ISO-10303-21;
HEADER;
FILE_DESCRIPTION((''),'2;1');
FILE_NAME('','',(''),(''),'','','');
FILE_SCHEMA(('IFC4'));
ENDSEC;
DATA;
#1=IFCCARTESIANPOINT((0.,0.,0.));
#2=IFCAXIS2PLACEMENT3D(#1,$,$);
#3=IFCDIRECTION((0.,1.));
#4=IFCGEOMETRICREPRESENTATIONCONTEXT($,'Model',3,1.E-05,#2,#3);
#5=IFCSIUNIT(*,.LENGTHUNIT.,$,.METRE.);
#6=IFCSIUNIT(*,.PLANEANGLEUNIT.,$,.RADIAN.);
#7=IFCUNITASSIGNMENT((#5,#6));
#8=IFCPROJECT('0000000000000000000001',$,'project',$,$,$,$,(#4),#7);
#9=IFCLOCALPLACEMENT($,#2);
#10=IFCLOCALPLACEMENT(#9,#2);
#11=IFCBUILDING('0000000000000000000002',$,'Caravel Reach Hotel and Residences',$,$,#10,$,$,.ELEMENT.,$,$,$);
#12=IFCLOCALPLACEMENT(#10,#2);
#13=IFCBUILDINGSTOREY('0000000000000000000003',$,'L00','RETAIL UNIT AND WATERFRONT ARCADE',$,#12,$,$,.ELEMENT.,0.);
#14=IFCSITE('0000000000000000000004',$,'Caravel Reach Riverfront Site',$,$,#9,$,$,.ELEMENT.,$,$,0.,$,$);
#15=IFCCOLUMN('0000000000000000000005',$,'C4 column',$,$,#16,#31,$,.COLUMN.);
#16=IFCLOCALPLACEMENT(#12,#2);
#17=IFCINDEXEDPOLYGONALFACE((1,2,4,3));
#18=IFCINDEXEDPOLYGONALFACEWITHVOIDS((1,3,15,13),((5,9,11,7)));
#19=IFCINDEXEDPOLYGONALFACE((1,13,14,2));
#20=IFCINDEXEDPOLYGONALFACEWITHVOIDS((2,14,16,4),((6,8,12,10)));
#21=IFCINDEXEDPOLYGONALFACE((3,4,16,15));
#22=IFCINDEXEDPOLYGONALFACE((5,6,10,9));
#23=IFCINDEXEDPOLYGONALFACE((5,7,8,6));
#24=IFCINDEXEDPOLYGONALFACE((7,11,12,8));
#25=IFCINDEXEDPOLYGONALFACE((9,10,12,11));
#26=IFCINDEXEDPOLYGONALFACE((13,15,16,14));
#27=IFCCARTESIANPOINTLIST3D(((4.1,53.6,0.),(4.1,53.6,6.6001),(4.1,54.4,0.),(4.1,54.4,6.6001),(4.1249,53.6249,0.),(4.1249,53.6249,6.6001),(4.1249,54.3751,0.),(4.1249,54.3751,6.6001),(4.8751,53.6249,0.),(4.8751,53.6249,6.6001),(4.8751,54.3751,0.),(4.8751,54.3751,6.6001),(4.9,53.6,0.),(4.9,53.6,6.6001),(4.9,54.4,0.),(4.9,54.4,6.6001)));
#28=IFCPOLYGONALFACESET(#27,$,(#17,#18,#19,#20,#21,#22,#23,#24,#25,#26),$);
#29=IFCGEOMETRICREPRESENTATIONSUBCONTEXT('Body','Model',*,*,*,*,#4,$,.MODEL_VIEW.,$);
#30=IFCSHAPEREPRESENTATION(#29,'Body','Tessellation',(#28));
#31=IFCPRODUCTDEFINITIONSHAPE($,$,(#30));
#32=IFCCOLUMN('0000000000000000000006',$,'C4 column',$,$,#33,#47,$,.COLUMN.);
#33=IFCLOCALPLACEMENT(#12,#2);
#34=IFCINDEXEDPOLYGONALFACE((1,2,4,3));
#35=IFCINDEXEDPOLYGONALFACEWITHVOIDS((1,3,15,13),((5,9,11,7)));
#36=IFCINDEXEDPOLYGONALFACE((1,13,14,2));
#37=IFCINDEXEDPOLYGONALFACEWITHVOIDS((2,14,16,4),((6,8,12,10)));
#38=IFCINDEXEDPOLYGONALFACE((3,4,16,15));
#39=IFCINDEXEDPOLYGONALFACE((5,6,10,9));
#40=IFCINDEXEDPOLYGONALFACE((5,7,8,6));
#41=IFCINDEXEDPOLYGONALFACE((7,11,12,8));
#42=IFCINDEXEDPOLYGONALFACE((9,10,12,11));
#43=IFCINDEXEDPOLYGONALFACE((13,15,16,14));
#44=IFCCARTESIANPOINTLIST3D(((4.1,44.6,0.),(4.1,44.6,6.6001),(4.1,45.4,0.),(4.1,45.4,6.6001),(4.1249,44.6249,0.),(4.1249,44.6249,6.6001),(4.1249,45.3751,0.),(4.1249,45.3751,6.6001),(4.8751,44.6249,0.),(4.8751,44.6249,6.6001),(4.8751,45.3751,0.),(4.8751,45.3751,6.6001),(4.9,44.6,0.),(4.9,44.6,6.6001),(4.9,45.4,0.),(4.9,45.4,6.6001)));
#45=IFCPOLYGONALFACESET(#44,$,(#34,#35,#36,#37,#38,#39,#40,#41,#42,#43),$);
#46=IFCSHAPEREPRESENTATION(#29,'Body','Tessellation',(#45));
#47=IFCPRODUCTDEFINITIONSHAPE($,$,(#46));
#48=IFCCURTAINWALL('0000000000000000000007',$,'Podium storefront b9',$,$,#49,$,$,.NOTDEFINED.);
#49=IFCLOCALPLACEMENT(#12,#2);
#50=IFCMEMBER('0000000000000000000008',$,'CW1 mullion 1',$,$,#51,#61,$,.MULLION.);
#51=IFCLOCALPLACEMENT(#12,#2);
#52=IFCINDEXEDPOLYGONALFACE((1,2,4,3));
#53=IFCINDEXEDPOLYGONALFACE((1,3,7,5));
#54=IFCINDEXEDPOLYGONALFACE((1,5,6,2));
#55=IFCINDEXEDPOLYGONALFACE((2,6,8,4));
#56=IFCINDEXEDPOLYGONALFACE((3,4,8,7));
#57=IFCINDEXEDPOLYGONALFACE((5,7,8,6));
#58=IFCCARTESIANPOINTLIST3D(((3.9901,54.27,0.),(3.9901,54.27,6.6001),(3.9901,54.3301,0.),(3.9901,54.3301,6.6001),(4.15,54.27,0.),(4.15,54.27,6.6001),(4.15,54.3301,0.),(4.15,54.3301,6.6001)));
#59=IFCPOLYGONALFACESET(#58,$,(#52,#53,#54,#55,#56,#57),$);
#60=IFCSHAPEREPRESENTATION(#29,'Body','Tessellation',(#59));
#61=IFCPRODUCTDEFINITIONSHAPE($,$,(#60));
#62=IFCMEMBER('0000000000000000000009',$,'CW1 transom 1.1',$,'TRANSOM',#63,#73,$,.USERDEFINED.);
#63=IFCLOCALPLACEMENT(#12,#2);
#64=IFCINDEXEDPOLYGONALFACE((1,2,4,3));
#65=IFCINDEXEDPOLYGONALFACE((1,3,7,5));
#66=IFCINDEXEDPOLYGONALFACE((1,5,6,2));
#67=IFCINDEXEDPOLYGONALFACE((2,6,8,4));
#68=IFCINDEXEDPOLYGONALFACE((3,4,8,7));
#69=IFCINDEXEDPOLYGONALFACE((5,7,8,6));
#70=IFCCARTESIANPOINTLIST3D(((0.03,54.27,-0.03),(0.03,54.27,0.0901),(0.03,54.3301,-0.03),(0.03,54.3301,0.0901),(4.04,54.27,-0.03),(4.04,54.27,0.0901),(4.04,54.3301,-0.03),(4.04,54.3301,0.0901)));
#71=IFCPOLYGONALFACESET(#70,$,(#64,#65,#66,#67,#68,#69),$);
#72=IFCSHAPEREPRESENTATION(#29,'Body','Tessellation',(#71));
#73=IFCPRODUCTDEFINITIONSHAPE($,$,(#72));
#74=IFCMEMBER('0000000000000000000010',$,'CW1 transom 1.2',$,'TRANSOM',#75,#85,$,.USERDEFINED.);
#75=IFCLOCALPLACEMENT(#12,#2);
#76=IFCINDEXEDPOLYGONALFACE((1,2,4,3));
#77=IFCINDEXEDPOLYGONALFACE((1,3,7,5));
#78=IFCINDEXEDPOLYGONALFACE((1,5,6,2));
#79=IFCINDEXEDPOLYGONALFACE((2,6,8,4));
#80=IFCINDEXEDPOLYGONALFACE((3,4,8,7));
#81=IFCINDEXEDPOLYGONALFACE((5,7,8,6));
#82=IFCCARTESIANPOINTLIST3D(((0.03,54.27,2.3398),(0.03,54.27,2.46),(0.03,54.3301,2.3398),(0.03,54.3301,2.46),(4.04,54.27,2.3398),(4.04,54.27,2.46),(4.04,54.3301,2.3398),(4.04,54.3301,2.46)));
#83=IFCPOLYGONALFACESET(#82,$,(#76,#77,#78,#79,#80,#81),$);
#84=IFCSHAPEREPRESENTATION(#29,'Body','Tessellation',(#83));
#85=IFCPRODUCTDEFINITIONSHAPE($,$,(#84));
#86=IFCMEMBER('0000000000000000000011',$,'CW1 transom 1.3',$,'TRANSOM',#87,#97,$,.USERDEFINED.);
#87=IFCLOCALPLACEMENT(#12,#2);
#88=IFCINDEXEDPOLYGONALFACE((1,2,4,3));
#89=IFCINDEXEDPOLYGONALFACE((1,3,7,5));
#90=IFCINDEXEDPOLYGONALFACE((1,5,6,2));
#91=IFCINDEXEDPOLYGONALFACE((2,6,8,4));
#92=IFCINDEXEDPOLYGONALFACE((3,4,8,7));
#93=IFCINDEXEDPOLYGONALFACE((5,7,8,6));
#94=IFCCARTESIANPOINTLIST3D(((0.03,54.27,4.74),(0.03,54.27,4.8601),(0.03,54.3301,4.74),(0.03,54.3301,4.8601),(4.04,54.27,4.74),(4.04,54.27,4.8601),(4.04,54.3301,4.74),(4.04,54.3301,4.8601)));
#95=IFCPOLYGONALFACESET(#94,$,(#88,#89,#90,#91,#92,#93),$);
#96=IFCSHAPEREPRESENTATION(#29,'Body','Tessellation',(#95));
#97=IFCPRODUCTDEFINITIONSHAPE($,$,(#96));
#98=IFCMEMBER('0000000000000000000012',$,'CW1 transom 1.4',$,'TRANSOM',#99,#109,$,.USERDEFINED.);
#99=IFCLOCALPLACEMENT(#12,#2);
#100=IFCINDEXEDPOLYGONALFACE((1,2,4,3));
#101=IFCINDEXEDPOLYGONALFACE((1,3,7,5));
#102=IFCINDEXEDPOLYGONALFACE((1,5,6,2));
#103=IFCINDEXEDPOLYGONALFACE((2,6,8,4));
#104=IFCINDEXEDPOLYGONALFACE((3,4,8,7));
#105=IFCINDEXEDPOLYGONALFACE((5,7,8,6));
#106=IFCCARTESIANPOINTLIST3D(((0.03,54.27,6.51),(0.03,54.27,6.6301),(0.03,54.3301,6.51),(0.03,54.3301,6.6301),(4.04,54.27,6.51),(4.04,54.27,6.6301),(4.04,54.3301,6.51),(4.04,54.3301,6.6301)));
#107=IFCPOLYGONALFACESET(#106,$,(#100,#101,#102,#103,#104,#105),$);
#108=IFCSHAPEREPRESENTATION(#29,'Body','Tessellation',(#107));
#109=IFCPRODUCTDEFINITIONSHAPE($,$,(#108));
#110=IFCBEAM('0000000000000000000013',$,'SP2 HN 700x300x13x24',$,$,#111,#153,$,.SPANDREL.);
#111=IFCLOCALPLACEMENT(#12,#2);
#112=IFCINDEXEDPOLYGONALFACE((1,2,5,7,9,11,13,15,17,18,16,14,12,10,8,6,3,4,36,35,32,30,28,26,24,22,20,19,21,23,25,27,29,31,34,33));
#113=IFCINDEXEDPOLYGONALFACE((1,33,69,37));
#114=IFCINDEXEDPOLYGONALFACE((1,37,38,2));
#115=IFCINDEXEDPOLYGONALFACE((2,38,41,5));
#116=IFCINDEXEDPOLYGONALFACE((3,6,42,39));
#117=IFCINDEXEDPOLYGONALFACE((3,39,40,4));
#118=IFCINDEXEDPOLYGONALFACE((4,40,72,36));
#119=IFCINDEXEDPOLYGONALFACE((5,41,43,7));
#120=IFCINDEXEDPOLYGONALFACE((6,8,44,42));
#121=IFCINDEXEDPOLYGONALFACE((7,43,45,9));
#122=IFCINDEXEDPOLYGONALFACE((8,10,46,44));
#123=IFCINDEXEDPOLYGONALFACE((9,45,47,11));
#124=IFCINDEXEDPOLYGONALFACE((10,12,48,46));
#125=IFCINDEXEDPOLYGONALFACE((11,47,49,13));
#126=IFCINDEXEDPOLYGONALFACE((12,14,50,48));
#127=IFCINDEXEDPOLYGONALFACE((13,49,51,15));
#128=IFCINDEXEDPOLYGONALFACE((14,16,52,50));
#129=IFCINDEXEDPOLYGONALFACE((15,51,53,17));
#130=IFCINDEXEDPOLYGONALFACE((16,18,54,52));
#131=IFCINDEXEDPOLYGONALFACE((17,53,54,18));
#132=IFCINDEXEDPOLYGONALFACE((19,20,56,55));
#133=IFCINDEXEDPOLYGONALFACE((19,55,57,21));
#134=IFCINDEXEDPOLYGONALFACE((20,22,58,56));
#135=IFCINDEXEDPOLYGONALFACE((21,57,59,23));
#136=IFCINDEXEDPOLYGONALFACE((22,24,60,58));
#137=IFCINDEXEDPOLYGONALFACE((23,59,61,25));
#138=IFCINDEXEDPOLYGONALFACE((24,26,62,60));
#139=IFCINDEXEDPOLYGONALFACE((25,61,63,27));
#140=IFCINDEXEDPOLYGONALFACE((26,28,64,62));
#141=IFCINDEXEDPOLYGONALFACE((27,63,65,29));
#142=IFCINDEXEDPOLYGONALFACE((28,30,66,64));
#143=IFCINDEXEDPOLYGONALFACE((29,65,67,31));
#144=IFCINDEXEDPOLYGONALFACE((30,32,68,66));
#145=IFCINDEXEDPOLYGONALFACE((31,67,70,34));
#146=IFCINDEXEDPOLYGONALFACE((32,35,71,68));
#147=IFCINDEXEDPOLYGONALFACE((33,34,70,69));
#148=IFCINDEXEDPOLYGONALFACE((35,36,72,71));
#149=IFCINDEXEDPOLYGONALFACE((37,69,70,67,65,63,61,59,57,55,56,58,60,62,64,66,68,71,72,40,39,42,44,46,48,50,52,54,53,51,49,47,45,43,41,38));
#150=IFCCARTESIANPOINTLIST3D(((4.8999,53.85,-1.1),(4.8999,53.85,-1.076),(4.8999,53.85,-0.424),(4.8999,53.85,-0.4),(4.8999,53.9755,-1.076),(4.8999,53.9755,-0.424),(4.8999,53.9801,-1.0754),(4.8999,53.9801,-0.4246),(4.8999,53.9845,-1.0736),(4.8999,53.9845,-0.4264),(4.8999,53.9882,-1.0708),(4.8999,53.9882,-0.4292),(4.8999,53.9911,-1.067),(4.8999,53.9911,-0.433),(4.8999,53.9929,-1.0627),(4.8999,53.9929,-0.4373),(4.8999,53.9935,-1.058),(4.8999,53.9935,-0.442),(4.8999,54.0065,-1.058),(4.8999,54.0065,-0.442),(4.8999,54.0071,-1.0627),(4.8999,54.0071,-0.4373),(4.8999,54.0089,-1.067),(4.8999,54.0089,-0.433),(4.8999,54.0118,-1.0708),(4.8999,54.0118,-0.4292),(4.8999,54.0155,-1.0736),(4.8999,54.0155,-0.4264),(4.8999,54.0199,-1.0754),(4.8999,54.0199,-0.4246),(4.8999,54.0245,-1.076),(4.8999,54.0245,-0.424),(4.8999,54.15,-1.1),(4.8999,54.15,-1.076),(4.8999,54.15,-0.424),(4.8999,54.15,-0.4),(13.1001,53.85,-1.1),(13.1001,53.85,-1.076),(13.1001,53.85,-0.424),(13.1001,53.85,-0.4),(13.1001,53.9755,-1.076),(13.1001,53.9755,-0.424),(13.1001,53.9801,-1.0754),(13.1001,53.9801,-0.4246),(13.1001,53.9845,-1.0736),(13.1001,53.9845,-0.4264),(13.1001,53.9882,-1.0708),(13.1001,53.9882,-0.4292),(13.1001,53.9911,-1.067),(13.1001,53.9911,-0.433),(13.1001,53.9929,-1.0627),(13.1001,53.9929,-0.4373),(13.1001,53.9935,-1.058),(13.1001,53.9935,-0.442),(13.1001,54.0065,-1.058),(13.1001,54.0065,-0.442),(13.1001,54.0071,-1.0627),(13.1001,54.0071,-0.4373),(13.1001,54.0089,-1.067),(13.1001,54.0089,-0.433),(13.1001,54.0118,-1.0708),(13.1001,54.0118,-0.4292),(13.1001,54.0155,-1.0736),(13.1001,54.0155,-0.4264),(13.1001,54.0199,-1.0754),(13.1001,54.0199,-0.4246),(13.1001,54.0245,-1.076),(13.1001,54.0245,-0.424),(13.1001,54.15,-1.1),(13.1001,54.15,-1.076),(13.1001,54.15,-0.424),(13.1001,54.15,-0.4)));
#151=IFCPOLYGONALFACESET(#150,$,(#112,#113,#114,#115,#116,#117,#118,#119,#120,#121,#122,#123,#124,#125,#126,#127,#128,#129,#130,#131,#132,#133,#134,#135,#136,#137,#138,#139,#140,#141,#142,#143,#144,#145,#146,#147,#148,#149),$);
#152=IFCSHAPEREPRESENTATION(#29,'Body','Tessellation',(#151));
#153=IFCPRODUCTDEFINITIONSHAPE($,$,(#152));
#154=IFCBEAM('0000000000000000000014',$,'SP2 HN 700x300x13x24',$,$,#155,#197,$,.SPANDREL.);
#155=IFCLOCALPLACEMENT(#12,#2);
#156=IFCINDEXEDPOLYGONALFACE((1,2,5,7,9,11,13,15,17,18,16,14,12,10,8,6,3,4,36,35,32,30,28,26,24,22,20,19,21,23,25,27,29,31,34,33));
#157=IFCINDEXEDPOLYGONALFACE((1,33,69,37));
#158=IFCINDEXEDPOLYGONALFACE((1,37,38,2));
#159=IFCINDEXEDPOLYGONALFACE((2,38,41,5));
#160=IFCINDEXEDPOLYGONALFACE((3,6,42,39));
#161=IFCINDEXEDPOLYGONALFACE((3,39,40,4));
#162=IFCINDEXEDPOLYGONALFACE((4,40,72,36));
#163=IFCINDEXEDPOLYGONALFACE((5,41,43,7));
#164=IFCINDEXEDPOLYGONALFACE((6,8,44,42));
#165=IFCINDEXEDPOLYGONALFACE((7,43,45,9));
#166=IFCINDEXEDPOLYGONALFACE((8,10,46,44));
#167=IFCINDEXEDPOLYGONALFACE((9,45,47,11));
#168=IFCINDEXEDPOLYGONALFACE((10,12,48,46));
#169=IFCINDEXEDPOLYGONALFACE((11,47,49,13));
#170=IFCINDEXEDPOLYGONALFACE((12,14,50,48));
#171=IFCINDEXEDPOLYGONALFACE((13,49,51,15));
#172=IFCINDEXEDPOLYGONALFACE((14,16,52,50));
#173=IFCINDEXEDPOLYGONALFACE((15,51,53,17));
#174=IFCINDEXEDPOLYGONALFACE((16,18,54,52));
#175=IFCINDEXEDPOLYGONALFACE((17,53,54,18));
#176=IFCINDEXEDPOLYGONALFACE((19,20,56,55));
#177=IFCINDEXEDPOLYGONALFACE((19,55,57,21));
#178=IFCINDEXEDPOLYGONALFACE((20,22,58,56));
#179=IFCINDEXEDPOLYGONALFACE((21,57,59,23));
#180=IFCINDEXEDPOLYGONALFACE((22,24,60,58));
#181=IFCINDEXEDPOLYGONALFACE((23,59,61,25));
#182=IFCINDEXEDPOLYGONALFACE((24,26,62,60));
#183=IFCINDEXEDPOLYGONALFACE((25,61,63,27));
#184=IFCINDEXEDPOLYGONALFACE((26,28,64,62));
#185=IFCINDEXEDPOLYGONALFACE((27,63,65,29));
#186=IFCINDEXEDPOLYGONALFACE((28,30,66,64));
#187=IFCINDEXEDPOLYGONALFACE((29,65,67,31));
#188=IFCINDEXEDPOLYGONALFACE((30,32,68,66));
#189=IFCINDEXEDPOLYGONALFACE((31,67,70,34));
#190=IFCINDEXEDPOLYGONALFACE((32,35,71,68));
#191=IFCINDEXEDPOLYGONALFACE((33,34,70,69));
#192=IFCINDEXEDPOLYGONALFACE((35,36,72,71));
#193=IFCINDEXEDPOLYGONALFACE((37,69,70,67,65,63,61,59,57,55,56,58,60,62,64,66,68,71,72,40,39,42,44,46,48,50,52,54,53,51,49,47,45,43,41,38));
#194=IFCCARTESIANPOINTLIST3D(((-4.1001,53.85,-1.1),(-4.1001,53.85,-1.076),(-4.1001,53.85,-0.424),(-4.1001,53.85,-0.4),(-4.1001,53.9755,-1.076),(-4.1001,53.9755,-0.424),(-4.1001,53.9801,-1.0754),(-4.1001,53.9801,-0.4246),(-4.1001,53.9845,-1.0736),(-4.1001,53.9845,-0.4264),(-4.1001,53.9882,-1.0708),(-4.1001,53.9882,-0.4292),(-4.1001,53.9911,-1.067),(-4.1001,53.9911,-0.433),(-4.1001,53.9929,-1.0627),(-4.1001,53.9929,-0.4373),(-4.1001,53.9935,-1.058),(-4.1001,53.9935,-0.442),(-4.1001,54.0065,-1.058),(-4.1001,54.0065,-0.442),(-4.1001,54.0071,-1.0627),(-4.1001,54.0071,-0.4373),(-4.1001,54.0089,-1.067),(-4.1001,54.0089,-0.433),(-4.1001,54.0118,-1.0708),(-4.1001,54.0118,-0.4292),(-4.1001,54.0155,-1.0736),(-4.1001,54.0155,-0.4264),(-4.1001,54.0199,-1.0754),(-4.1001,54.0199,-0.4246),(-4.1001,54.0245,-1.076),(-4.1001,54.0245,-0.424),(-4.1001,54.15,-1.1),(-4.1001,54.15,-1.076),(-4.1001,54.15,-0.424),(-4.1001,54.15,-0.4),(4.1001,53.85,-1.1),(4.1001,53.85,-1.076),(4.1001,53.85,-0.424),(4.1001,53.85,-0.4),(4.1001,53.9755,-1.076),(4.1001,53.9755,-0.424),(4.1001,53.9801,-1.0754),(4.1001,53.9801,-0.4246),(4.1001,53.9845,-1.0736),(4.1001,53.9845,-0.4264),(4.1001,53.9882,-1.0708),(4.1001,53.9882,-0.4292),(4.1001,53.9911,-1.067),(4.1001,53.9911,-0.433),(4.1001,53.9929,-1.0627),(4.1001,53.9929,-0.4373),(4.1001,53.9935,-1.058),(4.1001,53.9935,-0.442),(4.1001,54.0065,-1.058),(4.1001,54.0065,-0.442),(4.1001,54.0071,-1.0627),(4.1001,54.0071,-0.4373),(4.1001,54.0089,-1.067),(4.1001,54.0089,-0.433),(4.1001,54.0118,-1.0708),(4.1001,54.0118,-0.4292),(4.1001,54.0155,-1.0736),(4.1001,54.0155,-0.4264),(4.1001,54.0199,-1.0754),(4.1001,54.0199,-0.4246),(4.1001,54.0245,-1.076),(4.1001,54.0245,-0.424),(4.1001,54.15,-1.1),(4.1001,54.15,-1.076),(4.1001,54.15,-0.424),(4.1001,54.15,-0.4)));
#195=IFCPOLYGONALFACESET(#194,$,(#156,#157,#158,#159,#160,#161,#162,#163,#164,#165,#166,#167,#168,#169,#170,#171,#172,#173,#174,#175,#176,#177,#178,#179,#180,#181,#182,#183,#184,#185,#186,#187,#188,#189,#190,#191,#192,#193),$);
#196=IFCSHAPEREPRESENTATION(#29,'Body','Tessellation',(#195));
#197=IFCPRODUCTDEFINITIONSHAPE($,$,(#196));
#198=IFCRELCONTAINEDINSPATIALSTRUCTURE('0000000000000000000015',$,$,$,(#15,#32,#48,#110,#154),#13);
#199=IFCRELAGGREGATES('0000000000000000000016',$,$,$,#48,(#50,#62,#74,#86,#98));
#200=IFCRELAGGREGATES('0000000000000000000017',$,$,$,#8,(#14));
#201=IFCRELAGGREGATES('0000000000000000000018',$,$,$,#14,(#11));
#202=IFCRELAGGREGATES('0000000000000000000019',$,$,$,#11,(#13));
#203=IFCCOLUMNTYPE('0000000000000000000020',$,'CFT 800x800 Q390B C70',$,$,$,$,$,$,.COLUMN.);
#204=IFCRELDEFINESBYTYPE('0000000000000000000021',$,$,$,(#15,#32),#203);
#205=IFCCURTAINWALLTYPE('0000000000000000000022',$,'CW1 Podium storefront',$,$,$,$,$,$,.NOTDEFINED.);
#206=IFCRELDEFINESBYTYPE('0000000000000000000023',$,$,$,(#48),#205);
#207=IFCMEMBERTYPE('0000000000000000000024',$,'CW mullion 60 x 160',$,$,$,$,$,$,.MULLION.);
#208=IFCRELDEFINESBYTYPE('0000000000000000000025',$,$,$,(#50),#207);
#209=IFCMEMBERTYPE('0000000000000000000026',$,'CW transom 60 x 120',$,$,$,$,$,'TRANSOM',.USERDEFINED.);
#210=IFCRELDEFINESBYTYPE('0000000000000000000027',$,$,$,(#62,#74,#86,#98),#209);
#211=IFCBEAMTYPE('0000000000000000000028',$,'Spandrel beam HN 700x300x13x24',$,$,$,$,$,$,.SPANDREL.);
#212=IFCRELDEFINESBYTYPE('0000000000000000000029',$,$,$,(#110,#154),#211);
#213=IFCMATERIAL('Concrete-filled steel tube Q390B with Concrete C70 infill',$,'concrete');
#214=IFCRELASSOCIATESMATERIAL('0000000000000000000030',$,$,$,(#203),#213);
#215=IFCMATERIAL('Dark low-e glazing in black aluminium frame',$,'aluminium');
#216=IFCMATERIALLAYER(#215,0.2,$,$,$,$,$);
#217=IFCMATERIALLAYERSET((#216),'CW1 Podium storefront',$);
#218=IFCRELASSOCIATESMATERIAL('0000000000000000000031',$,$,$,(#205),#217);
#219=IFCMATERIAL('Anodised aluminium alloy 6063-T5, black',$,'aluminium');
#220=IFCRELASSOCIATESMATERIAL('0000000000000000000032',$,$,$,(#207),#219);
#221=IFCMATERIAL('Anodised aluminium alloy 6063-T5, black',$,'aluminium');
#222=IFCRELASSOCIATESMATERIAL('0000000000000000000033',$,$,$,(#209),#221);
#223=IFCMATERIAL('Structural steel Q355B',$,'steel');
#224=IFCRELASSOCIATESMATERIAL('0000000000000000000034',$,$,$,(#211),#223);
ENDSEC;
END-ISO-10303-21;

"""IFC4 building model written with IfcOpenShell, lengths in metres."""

from ifc_helpers import new_model, si_unit, direction, frame, origin, origin_2d, place, context, subcontext, project, spatial, rectangle, hollow_rectangle, i_section, extrude, material, layer, layer_set, material_profile, profile_set, type_object, element, aggregate, save


model = new_model("IFC4")

# Units and contexts
model_context = context("Model", 3, precision=1e-05, world=origin(), true_north=direction((0.0, 1.0)))
body_context = subcontext(model_context, "Body", "Model", "MODEL_VIEW")
ifc_project = project(units=[si_unit("LENGTHUNIT", "METRE"), si_unit("PLANEANGLEUNIT", "RADIAN")], contexts=[model_context])

# Site, building, storey
site_placement = place(None, origin())
site = spatial("IfcSite", under=ifc_project, at=site_placement, Name="Caravel Reach Riverfront Site", CompositionType="ELEMENT", RefElevation=0.0)
building_placement = place(site_placement, origin())
building = spatial("IfcBuilding", under=site, at=building_placement, Name="Caravel Reach Hotel and Residences", CompositionType="ELEMENT")
storey_placement = place(building_placement, origin())
storey = spatial("IfcBuildingStorey", under=building, at=storey_placement, Name="L00", Description="RETAIL UNIT AND WATERFRONT ARCADE", CompositionType="ELEMENT", Elevation=0.0)

# Columns
ifc_material_1 = material(Name="Concrete-filled steel tube Q390B with Concrete C70 infill", Category="concrete")
ifc_material_profile_1 = material_profile(ifc_material_1, hollow_rectangle(XDim=0.8, YDim=0.8, WallThickness=0.0249, at=origin_2d()), Name="RHS 800x800x25")
ifc_profile_set_1 = profile_set([ifc_material_profile_1], Name="Concrete-filled steel tube Q390B with Concrete C70 infill")
column_type = type_object("IfcColumnType", Name="CFT 800x800 Q390B C70", PredefinedType="COLUMN", material=ifc_profile_set_1)
for number, where, z_axis, x_axis, name in (
    (1, (4.5, 54.0, 0.0), (0.0, 0.0, 1.0), (1.0, 0.0, 0.0), "C4 column"),
    (2, (4.5, 45.0, 0.0), (0.0, 0.0, 1.0), (1.0, 0.0, 0.0), "C4 column"),
):
    element("IfcColumn", number, at=place(storey_placement, frame(where, z_axis=z_axis, x_axis=x_axis)), inside=storey, type_object=column_type, Name=name, PredefinedType="COLUMN", context=body_context, shape_type="SweptSolid", body=[
        extrude(hollow_rectangle(XDim=0.8, YDim=0.8, WallThickness=0.0249, at=origin_2d()), origin(), (0.0, 0.0, 1.0), 6.6001),
    ])

# Curtain wall, members
ifc_material_2 = material(Name="Dark low-e glazing in black aluminium frame", Category="aluminium")
ifc_layer_1 = layer(ifc_material_2, 0.2)
ifc_layer_set_1 = layer_set([ifc_layer_1], Name="CW1 Podium storefront")
curtain_wall_type = type_object("IfcCurtainWallType", Name="CW1 Podium storefront", PredefinedType="NOTDEFINED", material=ifc_layer_set_1)
curtain_wall_placement = place(storey_placement, origin())
curtain_wall = element("IfcCurtainWall", 3, at=curtain_wall_placement, inside=storey, type_object=curtain_wall_type, Name="Podium storefront b9", PredefinedType="NOTDEFINED")
ifc_material_3 = material(Name="Anodised aluminium alloy 6063-T5, black", Category="aluminium")
ifc_material_profile_2 = material_profile(ifc_material_3, rectangle(XDim=0.0601, YDim=0.1599, at=origin_2d()), Name="CW mullion 60 x 160")
ifc_profile_set_2 = profile_set([ifc_material_profile_2], Name="Anodised aluminium alloy 6063-T5, black")
member_type_1 = type_object("IfcMemberType", Name="CW mullion 60 x 160", PredefinedType="MULLION", material=ifc_profile_set_2)
member_1_placement = place(storey_placement, frame((4.0701, 54.3, 0.0), z_axis=(0.0, 0.0, 1.0), x_axis=(0.0, -1.0, 0.0)))
member_1 = element("IfcMember", 4, at=member_1_placement, type_object=member_type_1, Name="CW1 mullion 1", PredefinedType="MULLION", context=body_context, shape_type="SweptSolid", body=[
    extrude(rectangle(XDim=0.0601, YDim=0.1599, at=origin_2d()), origin(), (0.0, 0.0, 1.0), 6.6001),
])
ifc_material_4 = material(Name="Anodised aluminium alloy 6063-T5, black", Category="aluminium")
ifc_material_profile_3 = material_profile(ifc_material_4, rectangle(XDim=0.0601, YDim=0.1201, at=origin_2d()), Name="CW transom 60 x 120")
ifc_profile_set_3 = profile_set([ifc_material_profile_3], Name="Anodised aluminium alloy 6063-T5, black")
member_type_2 = type_object("IfcMemberType", Name="CW transom 60 x 120", ElementType="TRANSOM", PredefinedType="USERDEFINED", material=ifc_profile_set_3)
member_2_placement = place(storey_placement, frame((4.04, 54.3, 0.03), z_axis=(-1.0, 0.0, 0.0), x_axis=(0.0, -1.0, 0.0)))
member_2 = element("IfcMember", 5, at=member_2_placement, type_object=member_type_2, Name="CW1 transom 1.1", ObjectType="TRANSOM", PredefinedType="USERDEFINED", context=body_context, shape_type="SweptSolid", body=[
    extrude(rectangle(XDim=0.0601, YDim=0.1201, at=origin_2d()), origin(), (0.0, 0.0, 1.0), 4.01),
])
member_3_placement = place(storey_placement, frame((4.04, 54.3, 2.3999), z_axis=(-1.0, 0.0, 0.0), x_axis=(0.0, -1.0, 0.0)))
member_3 = element("IfcMember", 6, at=member_3_placement, type_object=member_type_2, Name="CW1 transom 1.2", ObjectType="TRANSOM", PredefinedType="USERDEFINED", context=body_context, shape_type="SweptSolid", body=[
    extrude(rectangle(XDim=0.0601, YDim=0.1201, at=origin_2d()), origin(), (0.0, 0.0, 1.0), 4.01),
])
member_4_placement = place(storey_placement, frame((4.04, 54.3, 4.8), z_axis=(-1.0, 0.0, 0.0), x_axis=(0.0, -1.0, 0.0)))
member_4 = element("IfcMember", 7, at=member_4_placement, type_object=member_type_2, Name="CW1 transom 1.3", ObjectType="TRANSOM", PredefinedType="USERDEFINED", context=body_context, shape_type="SweptSolid", body=[
    extrude(rectangle(XDim=0.0601, YDim=0.1201, at=origin_2d()), origin(), (0.0, 0.0, 1.0), 4.01),
])
member_5_placement = place(storey_placement, frame((4.04, 54.3, 6.5701), z_axis=(-1.0, 0.0, 0.0), x_axis=(0.0, -1.0, 0.0)))
member_5 = element("IfcMember", 8, at=member_5_placement, type_object=member_type_2, Name="CW1 transom 1.4", ObjectType="TRANSOM", PredefinedType="USERDEFINED", context=body_context, shape_type="SweptSolid", body=[
    extrude(rectangle(XDim=0.0601, YDim=0.1201, at=origin_2d()), origin(), (0.0, 0.0, 1.0), 4.01),
])

# Beams
ifc_material_5 = material(Name="Structural steel Q355B", Category="steel")
ifc_material_profile_4 = material_profile(ifc_material_5, i_section(OverallWidth=0.3, OverallDepth=0.7, WebThickness=0.0129, FlangeThickness=0.0239, FilletRadius=0.0181, at=origin_2d()), Name="HN 700x300x13x24")
ifc_profile_set_4 = profile_set([ifc_material_profile_4], Name="Structural steel Q355B")
beam_type = type_object("IfcBeamType", Name="Spandrel beam HN 700x300x13x24", PredefinedType="SPANDREL", material=ifc_profile_set_4)
for number, where, z_axis, x_axis, name in (
    (9, (13.1001, 54.0, -0.75), (-1.0, 0.0, 0.0), (0.0, -1.0, 0.0), "SP2 HN 700x300x13x24"),
    (10, (4.1001, 54.0, -0.75), (-1.0, 0.0, 0.0), (0.0, -1.0, 0.0), "SP2 HN 700x300x13x24"),
):
    element("IfcBeam", number, at=place(storey_placement, frame(where, z_axis=z_axis, x_axis=x_axis)), inside=storey, type_object=beam_type, Name=name, PredefinedType="SPANDREL", context=body_context, shape_type="SweptSolid", body=[
        extrude(i_section(OverallWidth=0.3, OverallDepth=0.7, WebThickness=0.0129, FlangeThickness=0.0239, FilletRadius=0.0181, at=origin_2d()), origin(), (0.0, 0.0, 1.0), 8.2002),
    ])

aggregate(curtain_wall, [member_1, member_2, member_3, member_4, member_5])

save(model, "model.ifc")
